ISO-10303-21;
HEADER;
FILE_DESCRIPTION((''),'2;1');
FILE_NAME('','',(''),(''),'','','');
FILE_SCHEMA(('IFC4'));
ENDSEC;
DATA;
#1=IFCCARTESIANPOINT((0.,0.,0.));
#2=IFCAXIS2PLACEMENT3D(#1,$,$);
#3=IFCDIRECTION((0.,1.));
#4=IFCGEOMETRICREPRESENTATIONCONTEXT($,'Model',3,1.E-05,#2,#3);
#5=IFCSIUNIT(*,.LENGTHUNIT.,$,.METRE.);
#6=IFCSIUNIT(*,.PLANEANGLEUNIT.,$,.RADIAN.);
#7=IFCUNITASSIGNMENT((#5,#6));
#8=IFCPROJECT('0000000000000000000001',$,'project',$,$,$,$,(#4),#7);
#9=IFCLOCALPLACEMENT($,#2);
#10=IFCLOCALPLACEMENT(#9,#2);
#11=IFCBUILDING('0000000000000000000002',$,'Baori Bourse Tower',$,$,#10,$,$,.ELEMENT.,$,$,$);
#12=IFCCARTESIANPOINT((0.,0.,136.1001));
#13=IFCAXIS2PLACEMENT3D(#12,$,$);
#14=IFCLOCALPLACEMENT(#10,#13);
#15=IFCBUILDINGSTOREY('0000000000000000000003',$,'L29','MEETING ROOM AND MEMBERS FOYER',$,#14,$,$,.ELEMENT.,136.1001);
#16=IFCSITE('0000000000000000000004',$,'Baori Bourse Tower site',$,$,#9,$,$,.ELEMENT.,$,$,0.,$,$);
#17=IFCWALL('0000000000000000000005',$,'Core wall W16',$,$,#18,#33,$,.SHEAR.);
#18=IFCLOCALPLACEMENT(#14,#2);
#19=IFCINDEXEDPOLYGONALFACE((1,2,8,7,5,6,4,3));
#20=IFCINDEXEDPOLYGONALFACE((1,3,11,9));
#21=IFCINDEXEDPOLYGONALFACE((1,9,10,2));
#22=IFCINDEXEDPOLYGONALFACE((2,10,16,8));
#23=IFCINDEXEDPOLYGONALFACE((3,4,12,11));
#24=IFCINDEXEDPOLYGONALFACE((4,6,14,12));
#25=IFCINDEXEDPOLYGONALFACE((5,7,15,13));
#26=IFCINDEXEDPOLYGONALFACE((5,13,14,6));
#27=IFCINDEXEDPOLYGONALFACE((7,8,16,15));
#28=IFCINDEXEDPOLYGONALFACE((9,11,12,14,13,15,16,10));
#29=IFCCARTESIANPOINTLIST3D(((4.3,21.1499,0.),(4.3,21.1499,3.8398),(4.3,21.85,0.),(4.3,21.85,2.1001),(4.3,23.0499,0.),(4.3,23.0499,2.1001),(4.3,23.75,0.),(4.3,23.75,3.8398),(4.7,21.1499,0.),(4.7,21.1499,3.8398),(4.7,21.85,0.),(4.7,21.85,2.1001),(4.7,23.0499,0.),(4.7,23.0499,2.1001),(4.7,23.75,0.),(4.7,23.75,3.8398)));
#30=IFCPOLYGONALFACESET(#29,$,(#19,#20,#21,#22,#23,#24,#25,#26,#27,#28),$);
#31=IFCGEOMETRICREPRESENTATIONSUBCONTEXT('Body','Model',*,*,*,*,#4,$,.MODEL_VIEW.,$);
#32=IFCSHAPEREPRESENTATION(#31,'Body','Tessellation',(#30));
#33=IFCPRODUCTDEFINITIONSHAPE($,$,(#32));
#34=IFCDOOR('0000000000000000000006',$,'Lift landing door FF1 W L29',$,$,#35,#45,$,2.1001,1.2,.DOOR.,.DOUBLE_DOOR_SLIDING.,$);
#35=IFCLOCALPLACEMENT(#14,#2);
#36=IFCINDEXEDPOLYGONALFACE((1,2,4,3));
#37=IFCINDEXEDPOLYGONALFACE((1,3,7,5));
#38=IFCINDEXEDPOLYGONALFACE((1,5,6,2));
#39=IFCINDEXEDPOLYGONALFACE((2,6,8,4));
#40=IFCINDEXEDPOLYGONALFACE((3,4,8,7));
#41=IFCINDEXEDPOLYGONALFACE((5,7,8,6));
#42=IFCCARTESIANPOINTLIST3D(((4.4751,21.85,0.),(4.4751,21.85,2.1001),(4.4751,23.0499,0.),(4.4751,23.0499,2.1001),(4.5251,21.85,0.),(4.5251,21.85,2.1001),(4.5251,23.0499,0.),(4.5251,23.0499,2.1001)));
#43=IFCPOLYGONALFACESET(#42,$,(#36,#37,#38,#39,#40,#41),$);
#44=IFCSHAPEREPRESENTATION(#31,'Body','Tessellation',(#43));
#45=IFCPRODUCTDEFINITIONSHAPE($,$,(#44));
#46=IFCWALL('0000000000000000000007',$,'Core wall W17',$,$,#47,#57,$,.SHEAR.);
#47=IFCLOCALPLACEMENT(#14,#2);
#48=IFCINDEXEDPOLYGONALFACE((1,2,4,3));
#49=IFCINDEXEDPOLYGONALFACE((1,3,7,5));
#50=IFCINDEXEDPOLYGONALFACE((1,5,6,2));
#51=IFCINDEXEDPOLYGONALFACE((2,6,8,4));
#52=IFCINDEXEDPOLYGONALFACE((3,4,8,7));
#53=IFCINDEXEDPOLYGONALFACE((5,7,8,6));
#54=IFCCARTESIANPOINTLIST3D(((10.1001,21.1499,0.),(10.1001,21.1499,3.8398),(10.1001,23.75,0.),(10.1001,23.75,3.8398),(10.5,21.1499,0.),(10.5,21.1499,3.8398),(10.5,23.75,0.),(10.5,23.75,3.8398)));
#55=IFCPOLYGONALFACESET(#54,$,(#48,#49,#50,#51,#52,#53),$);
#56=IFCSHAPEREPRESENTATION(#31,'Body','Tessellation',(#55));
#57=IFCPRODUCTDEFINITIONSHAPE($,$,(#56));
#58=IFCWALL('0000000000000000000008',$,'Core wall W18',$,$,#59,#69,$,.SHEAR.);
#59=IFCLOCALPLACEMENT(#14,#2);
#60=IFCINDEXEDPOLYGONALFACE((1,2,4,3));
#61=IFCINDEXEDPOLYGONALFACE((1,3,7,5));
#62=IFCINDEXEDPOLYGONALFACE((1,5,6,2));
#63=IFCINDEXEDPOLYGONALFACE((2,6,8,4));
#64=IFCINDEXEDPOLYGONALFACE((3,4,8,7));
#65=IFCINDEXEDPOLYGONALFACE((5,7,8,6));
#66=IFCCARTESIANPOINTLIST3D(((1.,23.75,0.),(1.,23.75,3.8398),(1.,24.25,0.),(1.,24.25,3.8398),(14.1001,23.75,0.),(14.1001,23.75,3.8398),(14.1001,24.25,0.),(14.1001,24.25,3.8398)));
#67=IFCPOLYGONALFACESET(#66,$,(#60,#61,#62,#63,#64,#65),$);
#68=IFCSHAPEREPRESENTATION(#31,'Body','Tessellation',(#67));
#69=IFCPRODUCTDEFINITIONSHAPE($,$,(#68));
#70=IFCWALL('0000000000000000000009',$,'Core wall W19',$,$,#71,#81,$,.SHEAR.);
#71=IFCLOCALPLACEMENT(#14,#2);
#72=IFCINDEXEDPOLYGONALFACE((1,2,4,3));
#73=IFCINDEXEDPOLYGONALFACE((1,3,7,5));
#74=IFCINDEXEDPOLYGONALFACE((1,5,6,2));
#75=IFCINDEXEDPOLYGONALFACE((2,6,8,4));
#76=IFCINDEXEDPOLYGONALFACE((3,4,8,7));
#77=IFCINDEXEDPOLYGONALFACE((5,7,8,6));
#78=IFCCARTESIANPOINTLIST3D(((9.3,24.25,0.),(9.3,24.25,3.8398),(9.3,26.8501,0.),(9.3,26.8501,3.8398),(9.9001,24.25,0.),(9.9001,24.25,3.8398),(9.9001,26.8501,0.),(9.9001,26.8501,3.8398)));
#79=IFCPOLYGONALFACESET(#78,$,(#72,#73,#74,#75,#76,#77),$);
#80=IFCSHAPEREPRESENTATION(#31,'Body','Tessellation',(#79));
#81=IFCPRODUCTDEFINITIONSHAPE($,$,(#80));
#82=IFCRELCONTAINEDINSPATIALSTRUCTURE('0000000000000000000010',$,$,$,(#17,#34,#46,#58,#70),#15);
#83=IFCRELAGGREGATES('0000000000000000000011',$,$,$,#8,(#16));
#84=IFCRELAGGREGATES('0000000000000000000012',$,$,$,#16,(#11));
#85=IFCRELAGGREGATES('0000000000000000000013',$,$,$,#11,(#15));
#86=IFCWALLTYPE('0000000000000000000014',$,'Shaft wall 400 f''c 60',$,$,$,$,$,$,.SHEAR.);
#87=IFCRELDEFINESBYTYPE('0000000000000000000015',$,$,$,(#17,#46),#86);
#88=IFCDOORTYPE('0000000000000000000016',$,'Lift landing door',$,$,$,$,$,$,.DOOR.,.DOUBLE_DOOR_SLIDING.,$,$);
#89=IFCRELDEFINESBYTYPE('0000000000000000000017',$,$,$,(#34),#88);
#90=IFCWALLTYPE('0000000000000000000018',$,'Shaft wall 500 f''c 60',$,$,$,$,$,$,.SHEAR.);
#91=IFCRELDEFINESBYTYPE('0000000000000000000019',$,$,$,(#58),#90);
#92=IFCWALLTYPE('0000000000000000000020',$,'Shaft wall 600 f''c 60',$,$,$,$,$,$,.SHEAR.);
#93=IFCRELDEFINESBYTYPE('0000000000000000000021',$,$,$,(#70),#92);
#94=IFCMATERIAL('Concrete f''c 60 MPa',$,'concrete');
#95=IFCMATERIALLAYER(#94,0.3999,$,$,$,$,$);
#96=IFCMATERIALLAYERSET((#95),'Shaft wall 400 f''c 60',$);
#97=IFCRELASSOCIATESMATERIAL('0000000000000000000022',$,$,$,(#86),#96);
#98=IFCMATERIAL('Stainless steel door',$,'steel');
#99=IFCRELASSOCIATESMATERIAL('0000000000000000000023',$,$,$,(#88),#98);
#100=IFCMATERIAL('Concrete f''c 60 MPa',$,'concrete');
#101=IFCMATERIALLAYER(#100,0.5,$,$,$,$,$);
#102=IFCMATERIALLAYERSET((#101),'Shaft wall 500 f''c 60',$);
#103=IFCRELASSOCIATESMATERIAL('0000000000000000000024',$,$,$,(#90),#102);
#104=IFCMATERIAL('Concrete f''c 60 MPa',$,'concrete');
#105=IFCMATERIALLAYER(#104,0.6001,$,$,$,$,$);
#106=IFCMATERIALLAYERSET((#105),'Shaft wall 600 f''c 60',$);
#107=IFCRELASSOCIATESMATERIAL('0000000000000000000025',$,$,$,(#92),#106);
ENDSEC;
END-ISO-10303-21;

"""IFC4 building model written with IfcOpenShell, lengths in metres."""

from ifc_helpers import new_model, si_unit, direction, frame, frame_2d, origin, place, context, subcontext, project, spatial, rectangle, extrude, material, layer, layer_set, type_object, element, fill, save


model = new_model("IFC4")

# Units and contexts
model_context = context("Model", 3, precision=1e-05, world=origin(), true_north=direction((0.0, 1.0)))
body_context = subcontext(model_context, "Body", "Model", "MODEL_VIEW")
ifc_project = project(units=[si_unit("LENGTHUNIT", "METRE"), si_unit("PLANEANGLEUNIT", "RADIAN")], contexts=[model_context])

# Site, building, storey
site_placement = place(None, origin())
site = spatial("IfcSite", under=ifc_project, at=site_placement, Name="Baori Bourse Tower site", CompositionType="ELEMENT", RefElevation=0.0)
building_placement = place(site_placement, origin())
building = spatial("IfcBuilding", under=site, at=building_placement, Name="Baori Bourse Tower", CompositionType="ELEMENT")
storey_placement = place(building_placement, frame((0.0, 0.0, 136.1001)))
storey = spatial("IfcBuildingStorey", under=building, at=storey_placement, Name="L29", Description="MEETING ROOM AND MEMBERS FOYER", CompositionType="ELEMENT", Elevation=136.1001)

# Shared definitions
ifc_material_1 = material(Name="Concrete f'c 60 MPa", Category="concrete")
ifc_layer_1 = layer(ifc_material_1, 0.3999)
ifc_layer_set_1 = layer_set([ifc_layer_1], Name="Shaft wall 400 f'c 60")
wall_type_1 = type_object("IfcWallType", Name="Shaft wall 400 f'c 60", PredefinedType="SHEAR", material=ifc_layer_set_1)

# Wall, opening, door
wall_1_placement = place(storey_placement, frame((4.5, 21.1499, 0.0), z_axis=(0.0, 0.0, 1.0), x_axis=(0.0, 1.0, 0.0)))
wall_1 = element("IfcWall", 1, at=wall_1_placement, inside=storey, type_object=wall_type_1, Name="Core wall W16", PredefinedType="SHEAR", context=body_context, shape_type="SweptSolid", body=[
    extrude(rectangle(XDim=2.6001, YDim=0.3999, at=frame_2d((1.3, 0.0))), origin(), (0.0, 0.0, 1.0), 3.8398),
])
opening_1_placement = place(wall_1_placement, frame((0.7, 0.0, 0.0)))
opening_1 = element("IfcOpeningElement", 2, at=opening_1_placement, cuts=wall_1, PredefinedType="OPENING", context=body_context, shape_type="SweptSolid", body=[
    extrude(rectangle(XDim=1.2, YDim=2.1001, at=frame_2d((0.6001, 1.05))), frame((0.0, 0.21, 0.0), z_axis=(0.0, -1.0, 0.0), x_axis=(1.0, 0.0, 0.0)), (0.0, 0.0, 1.0), 0.4199),
])
ifc_material_2 = material(Name="Stainless steel door", Category="steel")
door_type_1 = type_object("IfcDoorType", Name="Lift landing door", OperationType="DOUBLE_DOOR_SLIDING", PredefinedType="DOOR", material=ifc_material_2)
door_1_placement = place(opening_1_placement, origin())
door_1 = element("IfcDoor", 3, at=door_1_placement, inside=storey, type_object=door_type_1, Name="Lift landing door FF1 W L29", OperationType="DOUBLE_DOOR_SLIDING", OverallHeight=2.1001, OverallWidth=1.2, PredefinedType="DOOR", context=body_context, shape_type="SweptSolid", body=[
    extrude(rectangle(XDim=1.2, YDim=2.1001, at=frame_2d((0.6001, 1.05))), frame((0.0, 0.0249, 0.0), z_axis=(0.0, -1.0, 0.0), x_axis=(1.0, 0.0, 0.0)), (0.0, 0.0, 1.0), 0.05),
])
fill(opening_1, door_1)

# Walls
wall_2_placement = place(storey_placement, frame((10.3, 21.1499, 0.0), z_axis=(0.0, 0.0, 1.0), x_axis=(0.0, 1.0, 0.0)))
element("IfcWall", 4, at=wall_2_placement, inside=storey, type_object=wall_type_1, Name="Core wall W17", PredefinedType="SHEAR", context=body_context, shape_type="SweptSolid", body=[
    extrude(rectangle(XDim=2.6001, YDim=0.3999, at=frame_2d((1.3, 0.0))), origin(), (0.0, 0.0, 1.0), 3.8398),
])
ifc_material_3 = material(Name="Concrete f'c 60 MPa", Category="concrete")
ifc_layer_2 = layer(ifc_material_3, 0.5)
ifc_layer_set_2 = layer_set([ifc_layer_2], Name="Shaft wall 500 f'c 60")
wall_type_2 = type_object("IfcWallType", Name="Shaft wall 500 f'c 60", PredefinedType="SHEAR", material=ifc_layer_set_2)
wall_3_placement = place(storey_placement, frame((1.0, 24.0, 0.0), z_axis=(0.0, 0.0, 1.0), x_axis=(1.0, 0.0, 0.0)))
element("IfcWall", 5, at=wall_3_placement, inside=storey, type_object=wall_type_2, Name="Core wall W18", PredefinedType="SHEAR", context=body_context, shape_type="SweptSolid", body=[
    extrude(rectangle(XDim=13.1001, YDim=0.5, at=frame_2d((6.55, 0.0))), origin(), (0.0, 0.0, 1.0), 3.8398),
])
ifc_material_4 = material(Name="Concrete f'c 60 MPa", Category="concrete")
ifc_layer_3 = layer(ifc_material_4, 0.6001)
ifc_layer_set_3 = layer_set([ifc_layer_3], Name="Shaft wall 600 f'c 60")
wall_type_3 = type_object("IfcWallType", Name="Shaft wall 600 f'c 60", PredefinedType="SHEAR", material=ifc_layer_set_3)
wall_4_placement = place(storey_placement, frame((9.6001, 24.25, 0.0), z_axis=(0.0, 0.0, 1.0), x_axis=(0.0, 1.0, 0.0)))
element("IfcWall", 6, at=wall_4_placement, inside=storey, type_object=wall_type_3, Name="Core wall W19", PredefinedType="SHEAR", context=body_context, shape_type="SweptSolid", body=[
    extrude(rectangle(XDim=2.6001, YDim=0.6001, at=frame_2d((1.3, 0.0))), origin(), (0.0, 0.0, 1.0), 3.8398),
])

save(model, "model.ifc")
